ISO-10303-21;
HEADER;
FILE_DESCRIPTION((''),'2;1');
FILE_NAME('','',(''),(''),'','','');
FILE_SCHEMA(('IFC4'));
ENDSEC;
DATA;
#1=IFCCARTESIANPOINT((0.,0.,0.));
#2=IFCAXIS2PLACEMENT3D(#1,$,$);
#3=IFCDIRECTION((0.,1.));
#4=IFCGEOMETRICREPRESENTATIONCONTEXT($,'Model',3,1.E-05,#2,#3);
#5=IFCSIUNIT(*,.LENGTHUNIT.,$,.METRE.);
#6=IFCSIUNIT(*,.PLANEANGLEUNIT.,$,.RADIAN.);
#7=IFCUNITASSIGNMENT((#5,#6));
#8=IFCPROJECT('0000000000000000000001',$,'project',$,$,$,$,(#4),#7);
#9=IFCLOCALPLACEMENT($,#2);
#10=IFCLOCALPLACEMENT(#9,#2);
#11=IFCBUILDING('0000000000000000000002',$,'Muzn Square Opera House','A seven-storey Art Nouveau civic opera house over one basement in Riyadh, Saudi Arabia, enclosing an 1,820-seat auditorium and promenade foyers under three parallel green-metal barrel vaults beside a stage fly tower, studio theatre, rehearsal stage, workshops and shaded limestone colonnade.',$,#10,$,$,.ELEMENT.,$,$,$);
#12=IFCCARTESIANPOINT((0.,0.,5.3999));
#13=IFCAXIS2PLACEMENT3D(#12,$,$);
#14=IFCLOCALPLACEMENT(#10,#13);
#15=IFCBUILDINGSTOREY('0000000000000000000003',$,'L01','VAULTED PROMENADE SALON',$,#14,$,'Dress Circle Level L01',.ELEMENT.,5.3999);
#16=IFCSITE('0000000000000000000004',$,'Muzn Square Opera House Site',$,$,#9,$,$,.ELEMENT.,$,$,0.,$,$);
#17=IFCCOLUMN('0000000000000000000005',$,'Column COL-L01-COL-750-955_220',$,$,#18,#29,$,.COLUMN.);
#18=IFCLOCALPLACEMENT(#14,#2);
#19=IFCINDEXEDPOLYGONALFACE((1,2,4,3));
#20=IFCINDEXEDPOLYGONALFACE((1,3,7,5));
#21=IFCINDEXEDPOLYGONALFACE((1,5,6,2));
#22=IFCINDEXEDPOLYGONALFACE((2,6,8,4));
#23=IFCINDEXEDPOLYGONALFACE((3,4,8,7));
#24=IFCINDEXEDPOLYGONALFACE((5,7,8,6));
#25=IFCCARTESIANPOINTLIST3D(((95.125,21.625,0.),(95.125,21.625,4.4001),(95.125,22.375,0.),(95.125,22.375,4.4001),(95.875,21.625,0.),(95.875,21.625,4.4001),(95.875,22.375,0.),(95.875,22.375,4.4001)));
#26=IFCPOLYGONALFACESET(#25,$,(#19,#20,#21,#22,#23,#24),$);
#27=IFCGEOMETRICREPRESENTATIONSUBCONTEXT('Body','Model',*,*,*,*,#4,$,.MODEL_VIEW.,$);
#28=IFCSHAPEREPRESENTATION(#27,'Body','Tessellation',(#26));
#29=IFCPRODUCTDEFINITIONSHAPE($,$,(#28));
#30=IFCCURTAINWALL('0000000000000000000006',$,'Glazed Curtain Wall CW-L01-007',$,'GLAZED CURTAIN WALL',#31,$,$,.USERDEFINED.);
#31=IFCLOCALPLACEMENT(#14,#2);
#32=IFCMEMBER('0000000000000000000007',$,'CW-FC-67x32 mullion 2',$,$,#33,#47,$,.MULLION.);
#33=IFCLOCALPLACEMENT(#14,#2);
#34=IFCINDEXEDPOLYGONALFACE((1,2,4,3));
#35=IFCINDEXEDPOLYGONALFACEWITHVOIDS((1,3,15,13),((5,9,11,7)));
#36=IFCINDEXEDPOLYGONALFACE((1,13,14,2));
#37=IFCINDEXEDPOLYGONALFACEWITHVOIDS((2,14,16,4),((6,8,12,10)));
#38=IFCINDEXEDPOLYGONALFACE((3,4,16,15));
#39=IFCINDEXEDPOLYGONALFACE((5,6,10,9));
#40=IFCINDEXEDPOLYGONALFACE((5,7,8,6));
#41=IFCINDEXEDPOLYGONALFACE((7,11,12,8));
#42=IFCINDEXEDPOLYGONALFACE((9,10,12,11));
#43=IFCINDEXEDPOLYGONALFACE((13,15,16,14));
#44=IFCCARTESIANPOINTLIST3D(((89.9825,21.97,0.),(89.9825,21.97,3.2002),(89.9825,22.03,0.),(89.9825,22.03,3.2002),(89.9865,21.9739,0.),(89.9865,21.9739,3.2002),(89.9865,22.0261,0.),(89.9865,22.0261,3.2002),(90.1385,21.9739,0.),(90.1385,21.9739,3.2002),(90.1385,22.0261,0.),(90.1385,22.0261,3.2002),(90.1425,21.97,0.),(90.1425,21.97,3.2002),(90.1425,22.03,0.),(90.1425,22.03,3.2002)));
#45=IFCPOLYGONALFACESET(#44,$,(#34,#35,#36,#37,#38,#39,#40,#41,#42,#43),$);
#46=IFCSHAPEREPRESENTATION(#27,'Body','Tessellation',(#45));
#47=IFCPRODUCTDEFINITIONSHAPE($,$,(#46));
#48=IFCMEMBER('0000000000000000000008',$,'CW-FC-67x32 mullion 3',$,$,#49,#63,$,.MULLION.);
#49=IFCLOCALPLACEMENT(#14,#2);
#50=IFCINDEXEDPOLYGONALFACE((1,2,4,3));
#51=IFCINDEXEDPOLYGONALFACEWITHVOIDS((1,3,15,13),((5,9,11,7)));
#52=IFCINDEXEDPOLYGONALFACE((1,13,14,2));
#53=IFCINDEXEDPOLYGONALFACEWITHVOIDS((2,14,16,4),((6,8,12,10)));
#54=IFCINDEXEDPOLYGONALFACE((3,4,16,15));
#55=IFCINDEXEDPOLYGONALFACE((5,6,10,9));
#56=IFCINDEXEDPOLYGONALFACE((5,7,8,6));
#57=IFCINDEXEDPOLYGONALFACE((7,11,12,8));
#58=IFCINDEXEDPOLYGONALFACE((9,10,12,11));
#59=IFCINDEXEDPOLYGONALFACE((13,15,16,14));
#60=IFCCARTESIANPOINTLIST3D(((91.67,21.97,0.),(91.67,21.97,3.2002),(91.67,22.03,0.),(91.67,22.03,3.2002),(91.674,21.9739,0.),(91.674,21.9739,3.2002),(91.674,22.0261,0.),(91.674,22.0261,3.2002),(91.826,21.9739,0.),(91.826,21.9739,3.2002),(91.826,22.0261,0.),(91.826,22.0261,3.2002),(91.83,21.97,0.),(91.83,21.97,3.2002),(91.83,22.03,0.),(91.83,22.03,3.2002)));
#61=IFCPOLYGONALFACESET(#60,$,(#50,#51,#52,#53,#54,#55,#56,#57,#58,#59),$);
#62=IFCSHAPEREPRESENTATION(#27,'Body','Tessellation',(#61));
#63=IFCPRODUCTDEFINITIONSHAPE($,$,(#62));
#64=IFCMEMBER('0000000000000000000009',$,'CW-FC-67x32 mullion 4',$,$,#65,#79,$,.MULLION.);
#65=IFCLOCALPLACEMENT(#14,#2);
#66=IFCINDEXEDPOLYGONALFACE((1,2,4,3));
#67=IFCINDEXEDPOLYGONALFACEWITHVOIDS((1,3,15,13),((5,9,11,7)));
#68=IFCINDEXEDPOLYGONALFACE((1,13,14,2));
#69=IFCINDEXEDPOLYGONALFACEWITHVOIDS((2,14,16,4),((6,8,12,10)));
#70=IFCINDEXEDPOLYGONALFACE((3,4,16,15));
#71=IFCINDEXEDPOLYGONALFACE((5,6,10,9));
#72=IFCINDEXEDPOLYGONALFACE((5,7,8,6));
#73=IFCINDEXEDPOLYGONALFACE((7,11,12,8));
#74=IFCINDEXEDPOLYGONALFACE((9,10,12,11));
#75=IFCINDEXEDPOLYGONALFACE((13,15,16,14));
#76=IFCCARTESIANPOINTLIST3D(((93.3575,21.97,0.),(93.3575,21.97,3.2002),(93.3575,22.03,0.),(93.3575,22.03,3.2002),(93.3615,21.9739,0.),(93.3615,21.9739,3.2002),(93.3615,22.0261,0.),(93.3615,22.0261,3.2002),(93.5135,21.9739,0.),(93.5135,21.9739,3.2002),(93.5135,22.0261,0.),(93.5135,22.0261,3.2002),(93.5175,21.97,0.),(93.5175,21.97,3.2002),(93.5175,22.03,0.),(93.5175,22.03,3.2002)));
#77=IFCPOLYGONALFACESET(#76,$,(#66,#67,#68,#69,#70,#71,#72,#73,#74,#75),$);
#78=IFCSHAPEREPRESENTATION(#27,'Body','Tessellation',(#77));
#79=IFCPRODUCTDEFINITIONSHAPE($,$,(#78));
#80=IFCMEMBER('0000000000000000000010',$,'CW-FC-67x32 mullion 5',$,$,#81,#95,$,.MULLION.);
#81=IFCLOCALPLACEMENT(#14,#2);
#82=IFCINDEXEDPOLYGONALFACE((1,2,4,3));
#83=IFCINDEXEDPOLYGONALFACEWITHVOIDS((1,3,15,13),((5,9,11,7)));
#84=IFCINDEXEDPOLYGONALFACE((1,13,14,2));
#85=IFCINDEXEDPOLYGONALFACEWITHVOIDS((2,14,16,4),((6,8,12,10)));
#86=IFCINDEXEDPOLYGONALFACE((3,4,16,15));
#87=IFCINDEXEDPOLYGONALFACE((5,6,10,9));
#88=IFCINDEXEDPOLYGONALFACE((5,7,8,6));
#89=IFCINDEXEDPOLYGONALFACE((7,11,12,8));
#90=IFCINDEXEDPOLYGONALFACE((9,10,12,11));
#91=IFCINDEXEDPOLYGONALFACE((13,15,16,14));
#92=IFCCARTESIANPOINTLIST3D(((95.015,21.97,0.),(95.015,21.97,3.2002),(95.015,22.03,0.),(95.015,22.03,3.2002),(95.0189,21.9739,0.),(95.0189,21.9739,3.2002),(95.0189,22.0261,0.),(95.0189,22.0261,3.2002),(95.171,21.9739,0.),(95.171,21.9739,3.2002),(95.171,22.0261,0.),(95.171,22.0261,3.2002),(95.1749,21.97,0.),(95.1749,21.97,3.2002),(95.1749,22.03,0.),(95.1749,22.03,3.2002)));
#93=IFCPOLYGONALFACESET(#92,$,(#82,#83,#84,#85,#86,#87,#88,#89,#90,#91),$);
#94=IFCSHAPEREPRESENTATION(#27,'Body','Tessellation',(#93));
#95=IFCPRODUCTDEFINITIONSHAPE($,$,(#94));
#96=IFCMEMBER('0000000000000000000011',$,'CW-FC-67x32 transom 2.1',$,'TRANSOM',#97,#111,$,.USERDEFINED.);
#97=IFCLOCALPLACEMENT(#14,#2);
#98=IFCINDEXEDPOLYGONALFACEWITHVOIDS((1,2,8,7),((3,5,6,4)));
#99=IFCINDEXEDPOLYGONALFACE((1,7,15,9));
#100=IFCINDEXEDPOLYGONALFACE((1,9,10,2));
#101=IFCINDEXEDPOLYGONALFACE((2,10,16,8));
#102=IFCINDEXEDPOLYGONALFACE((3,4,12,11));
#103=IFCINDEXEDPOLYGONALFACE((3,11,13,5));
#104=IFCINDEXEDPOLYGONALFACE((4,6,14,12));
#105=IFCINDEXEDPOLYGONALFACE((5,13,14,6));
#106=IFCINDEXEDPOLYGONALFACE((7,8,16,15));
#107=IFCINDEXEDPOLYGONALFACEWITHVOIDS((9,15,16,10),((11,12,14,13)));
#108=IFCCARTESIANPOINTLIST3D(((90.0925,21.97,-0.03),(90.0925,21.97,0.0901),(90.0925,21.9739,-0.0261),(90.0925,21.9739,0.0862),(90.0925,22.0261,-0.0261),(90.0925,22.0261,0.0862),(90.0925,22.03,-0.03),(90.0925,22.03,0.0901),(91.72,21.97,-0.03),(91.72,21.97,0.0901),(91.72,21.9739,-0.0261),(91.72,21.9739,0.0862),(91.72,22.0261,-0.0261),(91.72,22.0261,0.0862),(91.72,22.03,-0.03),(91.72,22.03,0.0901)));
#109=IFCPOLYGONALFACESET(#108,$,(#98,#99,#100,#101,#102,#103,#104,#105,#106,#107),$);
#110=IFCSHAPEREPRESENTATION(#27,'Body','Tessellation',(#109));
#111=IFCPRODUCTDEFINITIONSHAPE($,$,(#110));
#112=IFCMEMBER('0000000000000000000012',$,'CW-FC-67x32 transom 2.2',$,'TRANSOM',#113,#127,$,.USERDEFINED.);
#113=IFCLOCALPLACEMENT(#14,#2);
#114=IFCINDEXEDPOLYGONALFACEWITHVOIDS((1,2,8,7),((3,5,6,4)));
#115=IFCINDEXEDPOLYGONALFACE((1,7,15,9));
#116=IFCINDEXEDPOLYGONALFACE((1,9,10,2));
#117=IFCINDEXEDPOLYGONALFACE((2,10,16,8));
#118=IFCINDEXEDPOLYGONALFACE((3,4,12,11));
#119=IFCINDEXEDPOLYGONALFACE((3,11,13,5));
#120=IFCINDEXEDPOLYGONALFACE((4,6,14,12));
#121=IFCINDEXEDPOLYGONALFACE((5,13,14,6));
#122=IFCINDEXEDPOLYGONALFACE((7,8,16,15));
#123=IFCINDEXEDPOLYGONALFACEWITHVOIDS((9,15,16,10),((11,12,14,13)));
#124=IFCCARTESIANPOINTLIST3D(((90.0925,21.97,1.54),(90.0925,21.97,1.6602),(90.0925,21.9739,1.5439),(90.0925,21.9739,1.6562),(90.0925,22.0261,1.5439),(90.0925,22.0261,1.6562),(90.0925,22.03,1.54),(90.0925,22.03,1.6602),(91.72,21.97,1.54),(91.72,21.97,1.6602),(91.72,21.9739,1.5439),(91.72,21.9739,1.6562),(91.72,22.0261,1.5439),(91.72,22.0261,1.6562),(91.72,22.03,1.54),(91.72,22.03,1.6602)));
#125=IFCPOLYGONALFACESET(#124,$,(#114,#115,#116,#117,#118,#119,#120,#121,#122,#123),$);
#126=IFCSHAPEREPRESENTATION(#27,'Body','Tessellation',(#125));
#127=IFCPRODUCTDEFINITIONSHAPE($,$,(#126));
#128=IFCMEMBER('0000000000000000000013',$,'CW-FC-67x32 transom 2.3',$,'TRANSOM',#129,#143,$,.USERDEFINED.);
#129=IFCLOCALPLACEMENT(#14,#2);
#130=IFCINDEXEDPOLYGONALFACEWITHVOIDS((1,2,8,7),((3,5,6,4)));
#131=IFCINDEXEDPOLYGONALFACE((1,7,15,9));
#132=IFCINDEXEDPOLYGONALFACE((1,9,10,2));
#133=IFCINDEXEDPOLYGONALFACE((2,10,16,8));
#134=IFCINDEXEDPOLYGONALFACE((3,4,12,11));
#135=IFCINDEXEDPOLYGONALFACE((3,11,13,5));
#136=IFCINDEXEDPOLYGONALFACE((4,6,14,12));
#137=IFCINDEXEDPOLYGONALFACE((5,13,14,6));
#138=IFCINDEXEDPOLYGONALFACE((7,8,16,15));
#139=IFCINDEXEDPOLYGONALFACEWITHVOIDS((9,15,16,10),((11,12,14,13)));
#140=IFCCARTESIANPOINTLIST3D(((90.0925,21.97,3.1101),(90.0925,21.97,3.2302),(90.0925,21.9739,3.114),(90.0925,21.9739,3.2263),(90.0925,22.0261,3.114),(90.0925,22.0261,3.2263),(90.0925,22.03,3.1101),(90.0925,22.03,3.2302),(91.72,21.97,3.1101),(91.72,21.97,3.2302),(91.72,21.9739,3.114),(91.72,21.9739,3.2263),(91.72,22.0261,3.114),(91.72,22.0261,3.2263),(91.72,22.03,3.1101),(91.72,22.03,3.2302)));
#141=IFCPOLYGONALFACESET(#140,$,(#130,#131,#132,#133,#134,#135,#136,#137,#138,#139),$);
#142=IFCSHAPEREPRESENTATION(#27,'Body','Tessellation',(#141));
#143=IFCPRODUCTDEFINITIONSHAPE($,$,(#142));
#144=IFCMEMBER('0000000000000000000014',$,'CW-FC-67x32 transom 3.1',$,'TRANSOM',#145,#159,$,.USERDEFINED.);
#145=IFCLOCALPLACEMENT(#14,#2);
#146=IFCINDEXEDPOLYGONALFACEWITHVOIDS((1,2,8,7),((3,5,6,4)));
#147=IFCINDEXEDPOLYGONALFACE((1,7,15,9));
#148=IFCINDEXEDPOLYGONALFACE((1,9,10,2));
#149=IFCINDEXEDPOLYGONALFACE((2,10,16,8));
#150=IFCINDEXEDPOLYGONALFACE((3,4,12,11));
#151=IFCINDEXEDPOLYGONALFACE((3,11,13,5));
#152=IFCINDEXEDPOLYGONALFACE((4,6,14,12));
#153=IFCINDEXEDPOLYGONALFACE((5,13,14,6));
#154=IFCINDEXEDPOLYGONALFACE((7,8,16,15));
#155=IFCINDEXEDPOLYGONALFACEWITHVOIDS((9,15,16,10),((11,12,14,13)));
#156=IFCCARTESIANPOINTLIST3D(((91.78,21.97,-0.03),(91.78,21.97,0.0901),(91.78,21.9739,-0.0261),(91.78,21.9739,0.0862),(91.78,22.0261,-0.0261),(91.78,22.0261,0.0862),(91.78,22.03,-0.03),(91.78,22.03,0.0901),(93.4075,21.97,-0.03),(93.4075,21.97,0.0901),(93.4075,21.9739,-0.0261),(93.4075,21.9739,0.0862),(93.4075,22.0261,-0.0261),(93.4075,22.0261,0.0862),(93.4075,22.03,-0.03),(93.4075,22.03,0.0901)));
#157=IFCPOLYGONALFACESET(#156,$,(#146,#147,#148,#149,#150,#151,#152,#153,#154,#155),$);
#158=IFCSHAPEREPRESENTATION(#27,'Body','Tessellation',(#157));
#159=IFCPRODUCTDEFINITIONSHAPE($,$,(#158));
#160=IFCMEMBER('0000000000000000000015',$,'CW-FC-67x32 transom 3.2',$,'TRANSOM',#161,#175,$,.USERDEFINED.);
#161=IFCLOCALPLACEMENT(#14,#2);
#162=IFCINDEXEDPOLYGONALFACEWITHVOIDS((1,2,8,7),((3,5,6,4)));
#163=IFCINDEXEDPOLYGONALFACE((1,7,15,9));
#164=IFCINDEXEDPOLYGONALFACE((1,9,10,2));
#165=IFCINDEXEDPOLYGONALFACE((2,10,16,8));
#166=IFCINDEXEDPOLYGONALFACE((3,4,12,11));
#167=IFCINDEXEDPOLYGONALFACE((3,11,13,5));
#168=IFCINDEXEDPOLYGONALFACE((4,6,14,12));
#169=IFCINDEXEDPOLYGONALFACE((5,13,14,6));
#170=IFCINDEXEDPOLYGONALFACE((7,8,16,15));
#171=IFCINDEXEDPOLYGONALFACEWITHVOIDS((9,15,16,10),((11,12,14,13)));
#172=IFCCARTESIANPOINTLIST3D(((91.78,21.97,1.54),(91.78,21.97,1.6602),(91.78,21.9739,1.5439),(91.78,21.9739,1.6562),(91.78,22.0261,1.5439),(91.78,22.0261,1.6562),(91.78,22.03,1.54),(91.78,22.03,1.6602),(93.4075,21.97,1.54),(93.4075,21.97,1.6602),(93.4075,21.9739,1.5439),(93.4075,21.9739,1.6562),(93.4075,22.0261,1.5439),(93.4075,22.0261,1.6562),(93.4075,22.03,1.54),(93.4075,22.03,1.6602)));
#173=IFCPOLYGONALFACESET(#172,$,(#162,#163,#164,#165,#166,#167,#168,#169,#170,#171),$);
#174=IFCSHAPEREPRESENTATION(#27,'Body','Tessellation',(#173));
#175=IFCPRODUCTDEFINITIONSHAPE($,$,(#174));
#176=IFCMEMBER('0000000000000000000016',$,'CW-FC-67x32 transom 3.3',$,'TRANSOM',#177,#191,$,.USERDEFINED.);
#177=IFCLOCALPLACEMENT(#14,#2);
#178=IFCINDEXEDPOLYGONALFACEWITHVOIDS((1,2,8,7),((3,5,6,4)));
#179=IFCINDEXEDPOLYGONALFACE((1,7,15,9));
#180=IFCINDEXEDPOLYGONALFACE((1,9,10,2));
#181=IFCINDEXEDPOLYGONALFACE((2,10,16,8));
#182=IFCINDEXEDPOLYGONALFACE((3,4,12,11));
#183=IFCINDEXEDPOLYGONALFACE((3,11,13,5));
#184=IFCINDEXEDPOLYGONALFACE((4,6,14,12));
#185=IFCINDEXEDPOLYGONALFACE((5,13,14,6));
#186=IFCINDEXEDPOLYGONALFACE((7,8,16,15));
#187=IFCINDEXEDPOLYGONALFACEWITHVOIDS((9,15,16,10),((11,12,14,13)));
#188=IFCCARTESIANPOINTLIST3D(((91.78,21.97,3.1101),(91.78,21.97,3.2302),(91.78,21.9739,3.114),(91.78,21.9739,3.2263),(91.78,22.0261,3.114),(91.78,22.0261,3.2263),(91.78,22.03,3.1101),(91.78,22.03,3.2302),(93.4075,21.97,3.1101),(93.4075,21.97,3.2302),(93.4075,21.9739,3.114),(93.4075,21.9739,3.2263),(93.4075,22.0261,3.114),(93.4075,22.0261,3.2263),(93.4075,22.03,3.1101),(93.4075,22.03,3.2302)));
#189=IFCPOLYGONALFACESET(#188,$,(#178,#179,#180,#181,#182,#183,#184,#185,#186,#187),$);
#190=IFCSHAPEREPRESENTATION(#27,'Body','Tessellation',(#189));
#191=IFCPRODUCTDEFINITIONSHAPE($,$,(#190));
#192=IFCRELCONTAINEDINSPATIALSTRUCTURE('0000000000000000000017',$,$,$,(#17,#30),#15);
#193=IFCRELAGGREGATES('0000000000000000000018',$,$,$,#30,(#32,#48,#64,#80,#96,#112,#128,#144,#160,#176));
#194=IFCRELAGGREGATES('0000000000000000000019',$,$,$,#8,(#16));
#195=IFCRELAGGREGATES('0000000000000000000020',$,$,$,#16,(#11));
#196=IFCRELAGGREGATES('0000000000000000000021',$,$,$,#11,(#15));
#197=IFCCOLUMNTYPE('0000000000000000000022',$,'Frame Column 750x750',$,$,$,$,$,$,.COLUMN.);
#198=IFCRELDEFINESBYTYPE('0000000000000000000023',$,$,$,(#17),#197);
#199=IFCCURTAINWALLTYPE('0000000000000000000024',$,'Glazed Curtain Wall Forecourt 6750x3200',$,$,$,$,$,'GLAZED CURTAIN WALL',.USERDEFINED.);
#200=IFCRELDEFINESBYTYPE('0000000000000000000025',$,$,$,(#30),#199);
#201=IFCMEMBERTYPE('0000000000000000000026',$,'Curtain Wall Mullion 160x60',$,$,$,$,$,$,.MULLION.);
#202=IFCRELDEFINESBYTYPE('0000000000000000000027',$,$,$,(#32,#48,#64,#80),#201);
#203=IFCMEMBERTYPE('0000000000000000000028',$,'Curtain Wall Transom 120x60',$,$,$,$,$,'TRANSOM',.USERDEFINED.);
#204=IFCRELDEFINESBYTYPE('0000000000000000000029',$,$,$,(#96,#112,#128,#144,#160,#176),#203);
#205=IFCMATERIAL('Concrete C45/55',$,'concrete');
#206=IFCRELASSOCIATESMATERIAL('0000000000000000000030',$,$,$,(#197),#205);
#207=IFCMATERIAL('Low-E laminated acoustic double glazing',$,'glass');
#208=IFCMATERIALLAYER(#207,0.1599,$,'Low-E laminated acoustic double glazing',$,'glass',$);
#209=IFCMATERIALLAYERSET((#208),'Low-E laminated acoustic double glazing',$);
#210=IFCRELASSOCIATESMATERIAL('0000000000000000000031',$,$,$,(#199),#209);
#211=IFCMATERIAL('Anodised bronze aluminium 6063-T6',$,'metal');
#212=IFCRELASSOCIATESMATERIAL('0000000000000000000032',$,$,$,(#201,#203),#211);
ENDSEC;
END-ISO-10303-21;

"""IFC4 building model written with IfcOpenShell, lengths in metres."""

from ifc_helpers import new_model, si_unit, direction, frame, origin, origin_2d, place, context, subcontext, project, spatial, rectangle, hollow_rectangle, extrude, material, layer, layer_set, material_profile, profile_set, type_object, element, aggregate, save


model = new_model("IFC4")

# Units and contexts
model_context = context("Model", 3, precision=1e-05, world=origin(), true_north=direction((0.0, 1.0)))
body_context = subcontext(model_context, "Body", "Model", "MODEL_VIEW")
ifc_project = project(units=[si_unit("LENGTHUNIT", "METRE"), si_unit("PLANEANGLEUNIT", "RADIAN")], contexts=[model_context])

# Site, building, storey
site_placement = place(None, origin())
site = spatial("IfcSite", under=ifc_project, at=site_placement, Name="Muzn Square Opera House Site", CompositionType="ELEMENT", RefElevation=0.0)
building_placement = place(site_placement, origin())
building = spatial("IfcBuilding", under=site, at=building_placement, Name="Muzn Square Opera House", Description="A seven-storey Art Nouveau civic opera house over one basement in Riyadh, Saudi Arabia, enclosing an 1,820-seat auditorium and promenade foyers under three parallel green-metal barrel vaults beside a stage fly tower, studio theatre, rehearsal stage, workshops and shaded limestone colonnade.", CompositionType="ELEMENT")
storey_placement = place(building_placement, frame((0.0, 0.0, 5.3999)))
storey = spatial("IfcBuildingStorey", under=building, at=storey_placement, Name="L01", Description="VAULTED PROMENADE SALON", LongName="Dress Circle Level L01", CompositionType="ELEMENT", Elevation=5.3999)

# Column
ifc_material_1 = material(Name="Concrete C45/55", Category="concrete")
ifc_material_profile_1 = material_profile(ifc_material_1, rectangle(XDim=0.75, YDim=0.75, at=origin_2d()), Name="RC 750x750", Category="concrete")
ifc_profile_set_1 = profile_set([ifc_material_profile_1], Name="Concrete C45/55")
column_type = type_object("IfcColumnType", Name="Frame Column 750x750", PredefinedType="COLUMN", material=ifc_profile_set_1)
column_placement = place(storey_placement, frame((95.5, 22.0, 0.0), z_axis=(0.0, 0.0, 1.0), x_axis=(1.0, 0.0, 0.0)))
element("IfcColumn", 1, at=column_placement, inside=storey, type_object=column_type, Name="Column COL-L01-COL-750-955_220", PredefinedType="COLUMN", context=body_context, shape_type="SweptSolid", body=[
    extrude(rectangle(XDim=0.75, YDim=0.75, at=origin_2d()), origin(), (0.0, 0.0, 1.0), 4.4001),
])

# Curtain wall, members
ifc_material_2 = material(Name="Low-E laminated acoustic double glazing", Category="glass")
ifc_layer_1 = layer(ifc_material_2, 0.1599, Name="Low-E laminated acoustic double glazing", Category="glass")
ifc_layer_set_1 = layer_set([ifc_layer_1], Name="Low-E laminated acoustic double glazing")
curtain_wall_type = type_object("IfcCurtainWallType", Name="Glazed Curtain Wall Forecourt 6750x3200", ElementType="GLAZED CURTAIN WALL", PredefinedType="USERDEFINED", material=ifc_layer_set_1)
curtain_wall_placement = place(storey_placement, origin())
curtain_wall = element("IfcCurtainWall", 2, at=curtain_wall_placement, inside=storey, type_object=curtain_wall_type, Name="Glazed Curtain Wall CW-L01-007", ObjectType="GLAZED CURTAIN WALL", PredefinedType="USERDEFINED")
ifc_material_3 = material(Name="Anodised bronze aluminium 6063-T6", Category="metal")
ifc_material_profile_2 = material_profile(ifc_material_3, hollow_rectangle(XDim=0.0601, YDim=0.1599, WallThickness=0.0039, at=origin_2d()), Name="ALU 160x60x4", Category="metal")
ifc_profile_set_2 = profile_set([ifc_material_profile_2], Name="Anodised bronze aluminium 6063-T6")
member_type_1 = type_object("IfcMemberType", Name="Curtain Wall Mullion 160x60", PredefinedType="MULLION", material=ifc_profile_set_2)
member_1_placement = place(storey_placement, frame((90.0625, 22.0, 0.0), z_axis=(0.0, 0.0, 1.0), x_axis=(0.0, 1.0, 0.0)))
member_1 = element("IfcMember", 3, at=member_1_placement, type_object=member_type_1, Name="CW-FC-67x32 mullion 2", PredefinedType="MULLION", context=body_context, shape_type="SweptSolid", body=[
    extrude(hollow_rectangle(XDim=0.0601, YDim=0.1599, WallThickness=0.0039, at=origin_2d()), origin(), (0.0, 0.0, 1.0), 3.2002),
])
member_2_placement = place(storey_placement, frame((91.75, 22.0, 0.0), z_axis=(0.0, 0.0, 1.0), x_axis=(0.0, 1.0, 0.0)))
member_2 = element("IfcMember", 4, at=member_2_placement, type_object=member_type_1, Name="CW-FC-67x32 mullion 3", PredefinedType="MULLION", context=body_context, shape_type="SweptSolid", body=[
    extrude(hollow_rectangle(XDim=0.0601, YDim=0.1599, WallThickness=0.0039, at=origin_2d()), origin(), (0.0, 0.0, 1.0), 3.2002),
])
member_3_placement = place(storey_placement, frame((93.4375, 22.0, 0.0), z_axis=(0.0, 0.0, 1.0), x_axis=(0.0, 1.0, 0.0)))
member_3 = element("IfcMember", 5, at=member_3_placement, type_object=member_type_1, Name="CW-FC-67x32 mullion 4", PredefinedType="MULLION", context=body_context, shape_type="SweptSolid", body=[
    extrude(hollow_rectangle(XDim=0.0601, YDim=0.1599, WallThickness=0.0039, at=origin_2d()), origin(), (0.0, 0.0, 1.0), 3.2002),
])
member_4_placement = place(storey_placement, frame((95.095, 22.0, 0.0), z_axis=(0.0, 0.0, 1.0), x_axis=(0.0, 1.0, 0.0)))
member_4 = element("IfcMember", 6, at=member_4_placement, type_object=member_type_1, Name="CW-FC-67x32 mullion 5", PredefinedType="MULLION", context=body_context, shape_type="SweptSolid", body=[
    extrude(hollow_rectangle(XDim=0.0601, YDim=0.1599, WallThickness=0.0039, at=origin_2d()), origin(), (0.0, 0.0, 1.0), 3.2002),
])
ifc_material_profile_3 = material_profile(ifc_material_3, hollow_rectangle(XDim=0.0601, YDim=0.1201, WallThickness=0.0039, at=origin_2d()), Name="ALU 120x60x4", Category="metal")
ifc_profile_set_3 = profile_set([ifc_material_profile_3], Name="Anodised bronze aluminium 6063-T6")
member_type_2 = type_object("IfcMemberType", Name="Curtain Wall Transom 120x60", ElementType="TRANSOM", PredefinedType="USERDEFINED", material=ifc_profile_set_3)
member_5_placement = place(storey_placement, frame((90.0925, 22.0, 0.03), z_axis=(1.0, 0.0, 0.0), x_axis=(0.0, 1.0, 0.0)))
member_5 = element("IfcMember", 7, at=member_5_placement, type_object=member_type_2, Name="CW-FC-67x32 transom 2.1", ObjectType="TRANSOM", PredefinedType="USERDEFINED", context=body_context, shape_type="SweptSolid", body=[
    extrude(hollow_rectangle(XDim=0.0601, YDim=0.1201, WallThickness=0.0039, at=origin_2d()), origin(), (0.0, 0.0, 1.0), 1.6274),
])
member_6_placement = place(storey_placement, frame((90.0925, 22.0, 1.6001), z_axis=(1.0, 0.0, 0.0), x_axis=(0.0, 1.0, 0.0)))
member_6 = element("IfcMember", 8, at=member_6_placement, type_object=member_type_2, Name="CW-FC-67x32 transom 2.2", ObjectType="TRANSOM", PredefinedType="USERDEFINED", context=body_context, shape_type="SweptSolid", body=[
    extrude(hollow_rectangle(XDim=0.0601, YDim=0.1201, WallThickness=0.0039, at=origin_2d()), origin(), (0.0, 0.0, 1.0), 1.6274),
])
member_7_placement = place(storey_placement, frame((90.0925, 22.0, 3.1702), z_axis=(1.0, 0.0, 0.0), x_axis=(0.0, 1.0, 0.0)))
member_7 = element("IfcMember", 9, at=member_7_placement, type_object=member_type_2, Name="CW-FC-67x32 transom 2.3", ObjectType="TRANSOM", PredefinedType="USERDEFINED", context=body_context, shape_type="SweptSolid", body=[
    extrude(hollow_rectangle(XDim=0.0601, YDim=0.1201, WallThickness=0.0039, at=origin_2d()), origin(), (0.0, 0.0, 1.0), 1.6274),
])
member_8_placement = place(storey_placement, frame((91.78, 22.0, 0.03), z_axis=(1.0, 0.0, 0.0), x_axis=(0.0, 1.0, 0.0)))
member_8 = element("IfcMember", 10, at=member_8_placement, type_object=member_type_2, Name="CW-FC-67x32 transom 3.1", ObjectType="TRANSOM", PredefinedType="USERDEFINED", context=body_context, shape_type="SweptSolid", body=[
    extrude(hollow_rectangle(XDim=0.0601, YDim=0.1201, WallThickness=0.0039, at=origin_2d()), origin(), (0.0, 0.0, 1.0), 1.6274),
])
member_9_placement = place(storey_placement, frame((91.78, 22.0, 1.6001), z_axis=(1.0, 0.0, 0.0), x_axis=(0.0, 1.0, 0.0)))
member_9 = element("IfcMember", 11, at=member_9_placement, type_object=member_type_2, Name="CW-FC-67x32 transom 3.2", ObjectType="TRANSOM", PredefinedType="USERDEFINED", context=body_context, shape_type="SweptSolid", body=[
    extrude(hollow_rectangle(XDim=0.0601, YDim=0.1201, WallThickness=0.0039, at=origin_2d()), origin(), (0.0, 0.0, 1.0), 1.6274),
])
member_10_placement = place(storey_placement, frame((91.78, 22.0, 3.1702), z_axis=(1.0, 0.0, 0.0), x_axis=(0.0, 1.0, 0.0)))
member_10 = element("IfcMember", 12, at=member_10_placement, type_object=member_type_2, Name="CW-FC-67x32 transom 3.3", ObjectType="TRANSOM", PredefinedType="USERDEFINED", context=body_context, shape_type="SweptSolid", body=[
    extrude(hollow_rectangle(XDim=0.0601, YDim=0.1201, WallThickness=0.0039, at=origin_2d()), origin(), (0.0, 0.0, 1.0), 1.6274),
])

aggregate(curtain_wall, [member_1, member_2, member_3, member_4, member_5, member_6, member_7, member_8, member_9, member_10])

save(model, "model.ifc")
